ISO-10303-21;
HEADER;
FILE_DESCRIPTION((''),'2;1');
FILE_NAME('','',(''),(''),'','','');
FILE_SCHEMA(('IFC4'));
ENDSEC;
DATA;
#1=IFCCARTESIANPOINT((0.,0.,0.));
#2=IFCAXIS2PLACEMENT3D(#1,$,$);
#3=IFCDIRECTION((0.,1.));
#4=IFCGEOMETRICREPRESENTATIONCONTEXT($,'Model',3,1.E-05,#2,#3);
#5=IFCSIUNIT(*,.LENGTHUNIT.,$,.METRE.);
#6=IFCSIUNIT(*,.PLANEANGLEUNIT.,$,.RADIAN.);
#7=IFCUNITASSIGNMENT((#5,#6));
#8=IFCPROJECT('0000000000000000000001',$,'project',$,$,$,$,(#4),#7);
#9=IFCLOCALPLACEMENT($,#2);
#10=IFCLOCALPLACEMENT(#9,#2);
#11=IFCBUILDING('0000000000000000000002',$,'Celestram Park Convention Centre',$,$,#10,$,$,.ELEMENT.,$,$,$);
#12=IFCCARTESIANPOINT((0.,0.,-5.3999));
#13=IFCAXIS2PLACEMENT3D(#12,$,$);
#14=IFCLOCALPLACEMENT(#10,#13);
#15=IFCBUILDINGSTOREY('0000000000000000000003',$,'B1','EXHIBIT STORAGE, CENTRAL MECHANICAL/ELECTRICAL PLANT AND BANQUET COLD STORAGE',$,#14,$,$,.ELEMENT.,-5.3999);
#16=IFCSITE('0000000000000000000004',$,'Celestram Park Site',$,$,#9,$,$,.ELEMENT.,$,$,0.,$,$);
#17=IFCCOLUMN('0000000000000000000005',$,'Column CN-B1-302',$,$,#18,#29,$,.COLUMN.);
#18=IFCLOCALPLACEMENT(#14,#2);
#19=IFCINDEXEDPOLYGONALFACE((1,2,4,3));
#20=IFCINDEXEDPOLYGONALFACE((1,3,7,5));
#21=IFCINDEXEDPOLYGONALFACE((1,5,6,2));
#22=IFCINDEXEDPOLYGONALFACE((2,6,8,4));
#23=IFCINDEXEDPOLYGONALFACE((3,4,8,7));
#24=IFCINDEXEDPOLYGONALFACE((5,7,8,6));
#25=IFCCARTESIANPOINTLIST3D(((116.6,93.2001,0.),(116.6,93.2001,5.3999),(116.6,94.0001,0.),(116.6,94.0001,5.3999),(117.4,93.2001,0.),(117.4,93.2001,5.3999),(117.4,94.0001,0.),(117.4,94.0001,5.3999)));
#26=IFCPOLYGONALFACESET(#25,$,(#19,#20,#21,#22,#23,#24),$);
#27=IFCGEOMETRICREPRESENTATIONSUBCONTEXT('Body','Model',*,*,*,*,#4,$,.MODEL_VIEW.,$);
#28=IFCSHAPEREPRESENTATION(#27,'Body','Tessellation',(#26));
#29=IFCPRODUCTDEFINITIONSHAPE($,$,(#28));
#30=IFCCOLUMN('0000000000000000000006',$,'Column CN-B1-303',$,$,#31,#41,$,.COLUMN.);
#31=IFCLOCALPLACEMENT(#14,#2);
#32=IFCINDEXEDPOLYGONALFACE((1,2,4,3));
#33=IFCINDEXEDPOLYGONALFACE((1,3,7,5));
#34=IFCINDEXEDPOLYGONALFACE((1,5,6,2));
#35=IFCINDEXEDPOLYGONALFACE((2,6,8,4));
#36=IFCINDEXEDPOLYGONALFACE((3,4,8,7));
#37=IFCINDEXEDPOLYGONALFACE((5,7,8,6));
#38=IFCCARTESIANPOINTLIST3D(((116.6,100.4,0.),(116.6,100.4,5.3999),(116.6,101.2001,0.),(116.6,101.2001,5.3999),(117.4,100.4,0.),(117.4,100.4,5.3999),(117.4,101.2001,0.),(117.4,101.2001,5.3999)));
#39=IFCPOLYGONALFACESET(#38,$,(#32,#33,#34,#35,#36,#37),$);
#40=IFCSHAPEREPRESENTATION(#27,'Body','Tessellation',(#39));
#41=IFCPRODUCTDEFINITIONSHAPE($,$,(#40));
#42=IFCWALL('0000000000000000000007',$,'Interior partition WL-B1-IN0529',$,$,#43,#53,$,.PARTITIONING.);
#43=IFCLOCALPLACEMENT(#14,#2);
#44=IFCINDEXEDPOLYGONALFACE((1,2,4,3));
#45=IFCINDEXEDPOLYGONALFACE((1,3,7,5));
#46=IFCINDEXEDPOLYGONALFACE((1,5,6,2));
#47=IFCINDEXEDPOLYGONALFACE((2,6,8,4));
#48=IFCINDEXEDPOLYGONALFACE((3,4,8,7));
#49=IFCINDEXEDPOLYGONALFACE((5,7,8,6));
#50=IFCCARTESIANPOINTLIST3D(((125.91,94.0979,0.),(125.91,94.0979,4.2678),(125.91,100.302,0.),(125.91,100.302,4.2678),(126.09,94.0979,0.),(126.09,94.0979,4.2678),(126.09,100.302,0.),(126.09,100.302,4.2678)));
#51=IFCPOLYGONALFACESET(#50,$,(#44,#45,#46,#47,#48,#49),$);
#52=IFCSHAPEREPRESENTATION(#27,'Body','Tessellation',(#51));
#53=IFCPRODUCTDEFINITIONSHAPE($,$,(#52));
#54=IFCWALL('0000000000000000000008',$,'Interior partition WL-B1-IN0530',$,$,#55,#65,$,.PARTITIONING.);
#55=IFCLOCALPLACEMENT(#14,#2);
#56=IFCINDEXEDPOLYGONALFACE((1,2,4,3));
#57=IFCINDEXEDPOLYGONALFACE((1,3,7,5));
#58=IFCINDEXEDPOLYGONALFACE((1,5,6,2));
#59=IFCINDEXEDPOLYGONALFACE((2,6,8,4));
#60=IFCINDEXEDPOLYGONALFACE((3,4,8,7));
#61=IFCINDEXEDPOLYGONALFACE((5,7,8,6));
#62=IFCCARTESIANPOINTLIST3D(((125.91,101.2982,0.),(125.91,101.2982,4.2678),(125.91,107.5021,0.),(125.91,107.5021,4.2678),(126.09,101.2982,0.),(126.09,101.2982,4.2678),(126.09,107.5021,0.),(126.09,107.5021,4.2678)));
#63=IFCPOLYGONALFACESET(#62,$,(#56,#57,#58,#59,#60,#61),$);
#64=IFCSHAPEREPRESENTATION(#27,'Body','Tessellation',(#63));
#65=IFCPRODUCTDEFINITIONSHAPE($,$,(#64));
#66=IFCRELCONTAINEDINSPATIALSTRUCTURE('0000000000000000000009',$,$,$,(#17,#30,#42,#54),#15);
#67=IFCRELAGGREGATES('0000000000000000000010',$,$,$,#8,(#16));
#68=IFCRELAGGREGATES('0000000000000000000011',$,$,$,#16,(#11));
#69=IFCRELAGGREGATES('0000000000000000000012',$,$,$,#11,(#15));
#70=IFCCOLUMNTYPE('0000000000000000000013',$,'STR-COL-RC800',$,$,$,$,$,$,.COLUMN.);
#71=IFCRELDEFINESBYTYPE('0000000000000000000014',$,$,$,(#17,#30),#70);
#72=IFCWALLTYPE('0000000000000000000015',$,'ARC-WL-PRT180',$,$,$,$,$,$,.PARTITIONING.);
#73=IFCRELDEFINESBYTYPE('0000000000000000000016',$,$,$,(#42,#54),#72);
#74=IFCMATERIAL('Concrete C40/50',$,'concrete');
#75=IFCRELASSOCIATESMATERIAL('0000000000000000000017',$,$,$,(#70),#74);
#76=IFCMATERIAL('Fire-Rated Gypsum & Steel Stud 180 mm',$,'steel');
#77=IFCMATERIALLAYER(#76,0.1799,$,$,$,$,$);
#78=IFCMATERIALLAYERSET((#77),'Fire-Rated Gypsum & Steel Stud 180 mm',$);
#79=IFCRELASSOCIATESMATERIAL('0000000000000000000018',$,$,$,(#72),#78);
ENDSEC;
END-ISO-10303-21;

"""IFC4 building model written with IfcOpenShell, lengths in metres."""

from ifc_helpers import new_model, si_unit, direction, frame, frame_2d, origin, origin_2d, place, context, subcontext, project, spatial, rectangle, extrude, material, layer, layer_set, material_profile, profile_set, type_object, element, save


model = new_model("IFC4")

# Units and contexts
model_context = context("Model", 3, precision=1e-05, world=origin(), true_north=direction((0.0, 1.0)))
body_context = subcontext(model_context, "Body", "Model", "MODEL_VIEW")
ifc_project = project(units=[si_unit("LENGTHUNIT", "METRE"), si_unit("PLANEANGLEUNIT", "RADIAN")], contexts=[model_context])

# Site, building, storey
site_placement = place(None, origin())
site = spatial("IfcSite", under=ifc_project, at=site_placement, Name="Celestram Park Site", CompositionType="ELEMENT", RefElevation=0.0)
building_placement = place(site_placement, origin())
building = spatial("IfcBuilding", under=site, at=building_placement, Name="Celestram Park Convention Centre", CompositionType="ELEMENT")
storey_placement = place(building_placement, frame((0.0, 0.0, -5.3999)))
storey = spatial("IfcBuildingStorey", under=building, at=storey_placement, Name="B1", Description="EXHIBIT STORAGE, CENTRAL MECHANICAL/ELECTRICAL PLANT AND BANQUET COLD STORAGE", CompositionType="ELEMENT", Elevation=-5.3999)

# Shared definitions
ifc_material_1 = material(Name="Concrete C40/50", Category="concrete")

# Columns
ifc_material_profile_1 = material_profile(ifc_material_1, rectangle(XDim=0.8, YDim=0.8, at=origin_2d()), Name="RC800X800")
ifc_profile_set_1 = profile_set([ifc_material_profile_1], Name="Concrete C40/50")
column_type_1 = type_object("IfcColumnType", Name="STR-COL-RC800", PredefinedType="COLUMN", material=ifc_profile_set_1)
for number, where, z_axis, x_axis, name in (
    (1, (117.0, 93.6001, 0.0), (0.0, 0.0, 1.0), (1.0, 0.0, 0.0), "Column CN-B1-302"),
    (2, (117.0, 100.8, 0.0), (0.0, 0.0, 1.0), (1.0, 0.0, 0.0), "Column CN-B1-303"),
):
    element("IfcColumn", number, at=place(storey_placement, frame(where, z_axis=z_axis, x_axis=x_axis)), inside=storey, type_object=column_type_1, Name=name, PredefinedType="COLUMN", context=body_context, shape_type="SweptSolid", body=[
        extrude(rectangle(XDim=0.8, YDim=0.8, at=origin_2d()), origin(), (0.0, 0.0, 1.0), 5.3999),
    ])

# Walls
ifc_material_2 = material(Name="Fire-Rated Gypsum & Steel Stud 180 mm", Category="steel")
ifc_layer = layer(ifc_material_2, 0.1799)
ifc_layer_set = layer_set([ifc_layer], Name="Fire-Rated Gypsum & Steel Stud 180 mm")
wall_type = type_object("IfcWallType", Name="ARC-WL-PRT180", PredefinedType="PARTITIONING", material=ifc_layer_set)
wall_1_placement = place(storey_placement, frame((126.0, 94.0979, 0.0), z_axis=(0.0, 0.0, 1.0), x_axis=(0.0, 1.0, 0.0)))
element("IfcWall", 3, at=wall_1_placement, inside=storey, type_object=wall_type, Name="Interior partition WL-B1-IN0529", PredefinedType="PARTITIONING", context=body_context, shape_type="SweptSolid", body=[
    extrude(rectangle(XDim=6.2041, YDim=0.1799, at=frame_2d((3.1021, 0.0))), origin(), (0.0, 0.0, 1.0), 4.2678),
])
wall_2_placement = place(storey_placement, frame((126.0, 101.2981, 0.0), z_axis=(0.0, 0.0, 1.0), x_axis=(0.0, 1.0, 0.0)))
element("IfcWall", 4, at=wall_2_placement, inside=storey, type_object=wall_type, Name="Interior partition WL-B1-IN0530", PredefinedType="PARTITIONING", context=body_context, shape_type="SweptSolid", body=[
    extrude(rectangle(XDim=6.2039, YDim=0.1799, at=frame_2d((3.1021, 0.0))), origin(), (0.0, 0.0, 1.0), 4.2678),
])

save(model, "model.ifc")
